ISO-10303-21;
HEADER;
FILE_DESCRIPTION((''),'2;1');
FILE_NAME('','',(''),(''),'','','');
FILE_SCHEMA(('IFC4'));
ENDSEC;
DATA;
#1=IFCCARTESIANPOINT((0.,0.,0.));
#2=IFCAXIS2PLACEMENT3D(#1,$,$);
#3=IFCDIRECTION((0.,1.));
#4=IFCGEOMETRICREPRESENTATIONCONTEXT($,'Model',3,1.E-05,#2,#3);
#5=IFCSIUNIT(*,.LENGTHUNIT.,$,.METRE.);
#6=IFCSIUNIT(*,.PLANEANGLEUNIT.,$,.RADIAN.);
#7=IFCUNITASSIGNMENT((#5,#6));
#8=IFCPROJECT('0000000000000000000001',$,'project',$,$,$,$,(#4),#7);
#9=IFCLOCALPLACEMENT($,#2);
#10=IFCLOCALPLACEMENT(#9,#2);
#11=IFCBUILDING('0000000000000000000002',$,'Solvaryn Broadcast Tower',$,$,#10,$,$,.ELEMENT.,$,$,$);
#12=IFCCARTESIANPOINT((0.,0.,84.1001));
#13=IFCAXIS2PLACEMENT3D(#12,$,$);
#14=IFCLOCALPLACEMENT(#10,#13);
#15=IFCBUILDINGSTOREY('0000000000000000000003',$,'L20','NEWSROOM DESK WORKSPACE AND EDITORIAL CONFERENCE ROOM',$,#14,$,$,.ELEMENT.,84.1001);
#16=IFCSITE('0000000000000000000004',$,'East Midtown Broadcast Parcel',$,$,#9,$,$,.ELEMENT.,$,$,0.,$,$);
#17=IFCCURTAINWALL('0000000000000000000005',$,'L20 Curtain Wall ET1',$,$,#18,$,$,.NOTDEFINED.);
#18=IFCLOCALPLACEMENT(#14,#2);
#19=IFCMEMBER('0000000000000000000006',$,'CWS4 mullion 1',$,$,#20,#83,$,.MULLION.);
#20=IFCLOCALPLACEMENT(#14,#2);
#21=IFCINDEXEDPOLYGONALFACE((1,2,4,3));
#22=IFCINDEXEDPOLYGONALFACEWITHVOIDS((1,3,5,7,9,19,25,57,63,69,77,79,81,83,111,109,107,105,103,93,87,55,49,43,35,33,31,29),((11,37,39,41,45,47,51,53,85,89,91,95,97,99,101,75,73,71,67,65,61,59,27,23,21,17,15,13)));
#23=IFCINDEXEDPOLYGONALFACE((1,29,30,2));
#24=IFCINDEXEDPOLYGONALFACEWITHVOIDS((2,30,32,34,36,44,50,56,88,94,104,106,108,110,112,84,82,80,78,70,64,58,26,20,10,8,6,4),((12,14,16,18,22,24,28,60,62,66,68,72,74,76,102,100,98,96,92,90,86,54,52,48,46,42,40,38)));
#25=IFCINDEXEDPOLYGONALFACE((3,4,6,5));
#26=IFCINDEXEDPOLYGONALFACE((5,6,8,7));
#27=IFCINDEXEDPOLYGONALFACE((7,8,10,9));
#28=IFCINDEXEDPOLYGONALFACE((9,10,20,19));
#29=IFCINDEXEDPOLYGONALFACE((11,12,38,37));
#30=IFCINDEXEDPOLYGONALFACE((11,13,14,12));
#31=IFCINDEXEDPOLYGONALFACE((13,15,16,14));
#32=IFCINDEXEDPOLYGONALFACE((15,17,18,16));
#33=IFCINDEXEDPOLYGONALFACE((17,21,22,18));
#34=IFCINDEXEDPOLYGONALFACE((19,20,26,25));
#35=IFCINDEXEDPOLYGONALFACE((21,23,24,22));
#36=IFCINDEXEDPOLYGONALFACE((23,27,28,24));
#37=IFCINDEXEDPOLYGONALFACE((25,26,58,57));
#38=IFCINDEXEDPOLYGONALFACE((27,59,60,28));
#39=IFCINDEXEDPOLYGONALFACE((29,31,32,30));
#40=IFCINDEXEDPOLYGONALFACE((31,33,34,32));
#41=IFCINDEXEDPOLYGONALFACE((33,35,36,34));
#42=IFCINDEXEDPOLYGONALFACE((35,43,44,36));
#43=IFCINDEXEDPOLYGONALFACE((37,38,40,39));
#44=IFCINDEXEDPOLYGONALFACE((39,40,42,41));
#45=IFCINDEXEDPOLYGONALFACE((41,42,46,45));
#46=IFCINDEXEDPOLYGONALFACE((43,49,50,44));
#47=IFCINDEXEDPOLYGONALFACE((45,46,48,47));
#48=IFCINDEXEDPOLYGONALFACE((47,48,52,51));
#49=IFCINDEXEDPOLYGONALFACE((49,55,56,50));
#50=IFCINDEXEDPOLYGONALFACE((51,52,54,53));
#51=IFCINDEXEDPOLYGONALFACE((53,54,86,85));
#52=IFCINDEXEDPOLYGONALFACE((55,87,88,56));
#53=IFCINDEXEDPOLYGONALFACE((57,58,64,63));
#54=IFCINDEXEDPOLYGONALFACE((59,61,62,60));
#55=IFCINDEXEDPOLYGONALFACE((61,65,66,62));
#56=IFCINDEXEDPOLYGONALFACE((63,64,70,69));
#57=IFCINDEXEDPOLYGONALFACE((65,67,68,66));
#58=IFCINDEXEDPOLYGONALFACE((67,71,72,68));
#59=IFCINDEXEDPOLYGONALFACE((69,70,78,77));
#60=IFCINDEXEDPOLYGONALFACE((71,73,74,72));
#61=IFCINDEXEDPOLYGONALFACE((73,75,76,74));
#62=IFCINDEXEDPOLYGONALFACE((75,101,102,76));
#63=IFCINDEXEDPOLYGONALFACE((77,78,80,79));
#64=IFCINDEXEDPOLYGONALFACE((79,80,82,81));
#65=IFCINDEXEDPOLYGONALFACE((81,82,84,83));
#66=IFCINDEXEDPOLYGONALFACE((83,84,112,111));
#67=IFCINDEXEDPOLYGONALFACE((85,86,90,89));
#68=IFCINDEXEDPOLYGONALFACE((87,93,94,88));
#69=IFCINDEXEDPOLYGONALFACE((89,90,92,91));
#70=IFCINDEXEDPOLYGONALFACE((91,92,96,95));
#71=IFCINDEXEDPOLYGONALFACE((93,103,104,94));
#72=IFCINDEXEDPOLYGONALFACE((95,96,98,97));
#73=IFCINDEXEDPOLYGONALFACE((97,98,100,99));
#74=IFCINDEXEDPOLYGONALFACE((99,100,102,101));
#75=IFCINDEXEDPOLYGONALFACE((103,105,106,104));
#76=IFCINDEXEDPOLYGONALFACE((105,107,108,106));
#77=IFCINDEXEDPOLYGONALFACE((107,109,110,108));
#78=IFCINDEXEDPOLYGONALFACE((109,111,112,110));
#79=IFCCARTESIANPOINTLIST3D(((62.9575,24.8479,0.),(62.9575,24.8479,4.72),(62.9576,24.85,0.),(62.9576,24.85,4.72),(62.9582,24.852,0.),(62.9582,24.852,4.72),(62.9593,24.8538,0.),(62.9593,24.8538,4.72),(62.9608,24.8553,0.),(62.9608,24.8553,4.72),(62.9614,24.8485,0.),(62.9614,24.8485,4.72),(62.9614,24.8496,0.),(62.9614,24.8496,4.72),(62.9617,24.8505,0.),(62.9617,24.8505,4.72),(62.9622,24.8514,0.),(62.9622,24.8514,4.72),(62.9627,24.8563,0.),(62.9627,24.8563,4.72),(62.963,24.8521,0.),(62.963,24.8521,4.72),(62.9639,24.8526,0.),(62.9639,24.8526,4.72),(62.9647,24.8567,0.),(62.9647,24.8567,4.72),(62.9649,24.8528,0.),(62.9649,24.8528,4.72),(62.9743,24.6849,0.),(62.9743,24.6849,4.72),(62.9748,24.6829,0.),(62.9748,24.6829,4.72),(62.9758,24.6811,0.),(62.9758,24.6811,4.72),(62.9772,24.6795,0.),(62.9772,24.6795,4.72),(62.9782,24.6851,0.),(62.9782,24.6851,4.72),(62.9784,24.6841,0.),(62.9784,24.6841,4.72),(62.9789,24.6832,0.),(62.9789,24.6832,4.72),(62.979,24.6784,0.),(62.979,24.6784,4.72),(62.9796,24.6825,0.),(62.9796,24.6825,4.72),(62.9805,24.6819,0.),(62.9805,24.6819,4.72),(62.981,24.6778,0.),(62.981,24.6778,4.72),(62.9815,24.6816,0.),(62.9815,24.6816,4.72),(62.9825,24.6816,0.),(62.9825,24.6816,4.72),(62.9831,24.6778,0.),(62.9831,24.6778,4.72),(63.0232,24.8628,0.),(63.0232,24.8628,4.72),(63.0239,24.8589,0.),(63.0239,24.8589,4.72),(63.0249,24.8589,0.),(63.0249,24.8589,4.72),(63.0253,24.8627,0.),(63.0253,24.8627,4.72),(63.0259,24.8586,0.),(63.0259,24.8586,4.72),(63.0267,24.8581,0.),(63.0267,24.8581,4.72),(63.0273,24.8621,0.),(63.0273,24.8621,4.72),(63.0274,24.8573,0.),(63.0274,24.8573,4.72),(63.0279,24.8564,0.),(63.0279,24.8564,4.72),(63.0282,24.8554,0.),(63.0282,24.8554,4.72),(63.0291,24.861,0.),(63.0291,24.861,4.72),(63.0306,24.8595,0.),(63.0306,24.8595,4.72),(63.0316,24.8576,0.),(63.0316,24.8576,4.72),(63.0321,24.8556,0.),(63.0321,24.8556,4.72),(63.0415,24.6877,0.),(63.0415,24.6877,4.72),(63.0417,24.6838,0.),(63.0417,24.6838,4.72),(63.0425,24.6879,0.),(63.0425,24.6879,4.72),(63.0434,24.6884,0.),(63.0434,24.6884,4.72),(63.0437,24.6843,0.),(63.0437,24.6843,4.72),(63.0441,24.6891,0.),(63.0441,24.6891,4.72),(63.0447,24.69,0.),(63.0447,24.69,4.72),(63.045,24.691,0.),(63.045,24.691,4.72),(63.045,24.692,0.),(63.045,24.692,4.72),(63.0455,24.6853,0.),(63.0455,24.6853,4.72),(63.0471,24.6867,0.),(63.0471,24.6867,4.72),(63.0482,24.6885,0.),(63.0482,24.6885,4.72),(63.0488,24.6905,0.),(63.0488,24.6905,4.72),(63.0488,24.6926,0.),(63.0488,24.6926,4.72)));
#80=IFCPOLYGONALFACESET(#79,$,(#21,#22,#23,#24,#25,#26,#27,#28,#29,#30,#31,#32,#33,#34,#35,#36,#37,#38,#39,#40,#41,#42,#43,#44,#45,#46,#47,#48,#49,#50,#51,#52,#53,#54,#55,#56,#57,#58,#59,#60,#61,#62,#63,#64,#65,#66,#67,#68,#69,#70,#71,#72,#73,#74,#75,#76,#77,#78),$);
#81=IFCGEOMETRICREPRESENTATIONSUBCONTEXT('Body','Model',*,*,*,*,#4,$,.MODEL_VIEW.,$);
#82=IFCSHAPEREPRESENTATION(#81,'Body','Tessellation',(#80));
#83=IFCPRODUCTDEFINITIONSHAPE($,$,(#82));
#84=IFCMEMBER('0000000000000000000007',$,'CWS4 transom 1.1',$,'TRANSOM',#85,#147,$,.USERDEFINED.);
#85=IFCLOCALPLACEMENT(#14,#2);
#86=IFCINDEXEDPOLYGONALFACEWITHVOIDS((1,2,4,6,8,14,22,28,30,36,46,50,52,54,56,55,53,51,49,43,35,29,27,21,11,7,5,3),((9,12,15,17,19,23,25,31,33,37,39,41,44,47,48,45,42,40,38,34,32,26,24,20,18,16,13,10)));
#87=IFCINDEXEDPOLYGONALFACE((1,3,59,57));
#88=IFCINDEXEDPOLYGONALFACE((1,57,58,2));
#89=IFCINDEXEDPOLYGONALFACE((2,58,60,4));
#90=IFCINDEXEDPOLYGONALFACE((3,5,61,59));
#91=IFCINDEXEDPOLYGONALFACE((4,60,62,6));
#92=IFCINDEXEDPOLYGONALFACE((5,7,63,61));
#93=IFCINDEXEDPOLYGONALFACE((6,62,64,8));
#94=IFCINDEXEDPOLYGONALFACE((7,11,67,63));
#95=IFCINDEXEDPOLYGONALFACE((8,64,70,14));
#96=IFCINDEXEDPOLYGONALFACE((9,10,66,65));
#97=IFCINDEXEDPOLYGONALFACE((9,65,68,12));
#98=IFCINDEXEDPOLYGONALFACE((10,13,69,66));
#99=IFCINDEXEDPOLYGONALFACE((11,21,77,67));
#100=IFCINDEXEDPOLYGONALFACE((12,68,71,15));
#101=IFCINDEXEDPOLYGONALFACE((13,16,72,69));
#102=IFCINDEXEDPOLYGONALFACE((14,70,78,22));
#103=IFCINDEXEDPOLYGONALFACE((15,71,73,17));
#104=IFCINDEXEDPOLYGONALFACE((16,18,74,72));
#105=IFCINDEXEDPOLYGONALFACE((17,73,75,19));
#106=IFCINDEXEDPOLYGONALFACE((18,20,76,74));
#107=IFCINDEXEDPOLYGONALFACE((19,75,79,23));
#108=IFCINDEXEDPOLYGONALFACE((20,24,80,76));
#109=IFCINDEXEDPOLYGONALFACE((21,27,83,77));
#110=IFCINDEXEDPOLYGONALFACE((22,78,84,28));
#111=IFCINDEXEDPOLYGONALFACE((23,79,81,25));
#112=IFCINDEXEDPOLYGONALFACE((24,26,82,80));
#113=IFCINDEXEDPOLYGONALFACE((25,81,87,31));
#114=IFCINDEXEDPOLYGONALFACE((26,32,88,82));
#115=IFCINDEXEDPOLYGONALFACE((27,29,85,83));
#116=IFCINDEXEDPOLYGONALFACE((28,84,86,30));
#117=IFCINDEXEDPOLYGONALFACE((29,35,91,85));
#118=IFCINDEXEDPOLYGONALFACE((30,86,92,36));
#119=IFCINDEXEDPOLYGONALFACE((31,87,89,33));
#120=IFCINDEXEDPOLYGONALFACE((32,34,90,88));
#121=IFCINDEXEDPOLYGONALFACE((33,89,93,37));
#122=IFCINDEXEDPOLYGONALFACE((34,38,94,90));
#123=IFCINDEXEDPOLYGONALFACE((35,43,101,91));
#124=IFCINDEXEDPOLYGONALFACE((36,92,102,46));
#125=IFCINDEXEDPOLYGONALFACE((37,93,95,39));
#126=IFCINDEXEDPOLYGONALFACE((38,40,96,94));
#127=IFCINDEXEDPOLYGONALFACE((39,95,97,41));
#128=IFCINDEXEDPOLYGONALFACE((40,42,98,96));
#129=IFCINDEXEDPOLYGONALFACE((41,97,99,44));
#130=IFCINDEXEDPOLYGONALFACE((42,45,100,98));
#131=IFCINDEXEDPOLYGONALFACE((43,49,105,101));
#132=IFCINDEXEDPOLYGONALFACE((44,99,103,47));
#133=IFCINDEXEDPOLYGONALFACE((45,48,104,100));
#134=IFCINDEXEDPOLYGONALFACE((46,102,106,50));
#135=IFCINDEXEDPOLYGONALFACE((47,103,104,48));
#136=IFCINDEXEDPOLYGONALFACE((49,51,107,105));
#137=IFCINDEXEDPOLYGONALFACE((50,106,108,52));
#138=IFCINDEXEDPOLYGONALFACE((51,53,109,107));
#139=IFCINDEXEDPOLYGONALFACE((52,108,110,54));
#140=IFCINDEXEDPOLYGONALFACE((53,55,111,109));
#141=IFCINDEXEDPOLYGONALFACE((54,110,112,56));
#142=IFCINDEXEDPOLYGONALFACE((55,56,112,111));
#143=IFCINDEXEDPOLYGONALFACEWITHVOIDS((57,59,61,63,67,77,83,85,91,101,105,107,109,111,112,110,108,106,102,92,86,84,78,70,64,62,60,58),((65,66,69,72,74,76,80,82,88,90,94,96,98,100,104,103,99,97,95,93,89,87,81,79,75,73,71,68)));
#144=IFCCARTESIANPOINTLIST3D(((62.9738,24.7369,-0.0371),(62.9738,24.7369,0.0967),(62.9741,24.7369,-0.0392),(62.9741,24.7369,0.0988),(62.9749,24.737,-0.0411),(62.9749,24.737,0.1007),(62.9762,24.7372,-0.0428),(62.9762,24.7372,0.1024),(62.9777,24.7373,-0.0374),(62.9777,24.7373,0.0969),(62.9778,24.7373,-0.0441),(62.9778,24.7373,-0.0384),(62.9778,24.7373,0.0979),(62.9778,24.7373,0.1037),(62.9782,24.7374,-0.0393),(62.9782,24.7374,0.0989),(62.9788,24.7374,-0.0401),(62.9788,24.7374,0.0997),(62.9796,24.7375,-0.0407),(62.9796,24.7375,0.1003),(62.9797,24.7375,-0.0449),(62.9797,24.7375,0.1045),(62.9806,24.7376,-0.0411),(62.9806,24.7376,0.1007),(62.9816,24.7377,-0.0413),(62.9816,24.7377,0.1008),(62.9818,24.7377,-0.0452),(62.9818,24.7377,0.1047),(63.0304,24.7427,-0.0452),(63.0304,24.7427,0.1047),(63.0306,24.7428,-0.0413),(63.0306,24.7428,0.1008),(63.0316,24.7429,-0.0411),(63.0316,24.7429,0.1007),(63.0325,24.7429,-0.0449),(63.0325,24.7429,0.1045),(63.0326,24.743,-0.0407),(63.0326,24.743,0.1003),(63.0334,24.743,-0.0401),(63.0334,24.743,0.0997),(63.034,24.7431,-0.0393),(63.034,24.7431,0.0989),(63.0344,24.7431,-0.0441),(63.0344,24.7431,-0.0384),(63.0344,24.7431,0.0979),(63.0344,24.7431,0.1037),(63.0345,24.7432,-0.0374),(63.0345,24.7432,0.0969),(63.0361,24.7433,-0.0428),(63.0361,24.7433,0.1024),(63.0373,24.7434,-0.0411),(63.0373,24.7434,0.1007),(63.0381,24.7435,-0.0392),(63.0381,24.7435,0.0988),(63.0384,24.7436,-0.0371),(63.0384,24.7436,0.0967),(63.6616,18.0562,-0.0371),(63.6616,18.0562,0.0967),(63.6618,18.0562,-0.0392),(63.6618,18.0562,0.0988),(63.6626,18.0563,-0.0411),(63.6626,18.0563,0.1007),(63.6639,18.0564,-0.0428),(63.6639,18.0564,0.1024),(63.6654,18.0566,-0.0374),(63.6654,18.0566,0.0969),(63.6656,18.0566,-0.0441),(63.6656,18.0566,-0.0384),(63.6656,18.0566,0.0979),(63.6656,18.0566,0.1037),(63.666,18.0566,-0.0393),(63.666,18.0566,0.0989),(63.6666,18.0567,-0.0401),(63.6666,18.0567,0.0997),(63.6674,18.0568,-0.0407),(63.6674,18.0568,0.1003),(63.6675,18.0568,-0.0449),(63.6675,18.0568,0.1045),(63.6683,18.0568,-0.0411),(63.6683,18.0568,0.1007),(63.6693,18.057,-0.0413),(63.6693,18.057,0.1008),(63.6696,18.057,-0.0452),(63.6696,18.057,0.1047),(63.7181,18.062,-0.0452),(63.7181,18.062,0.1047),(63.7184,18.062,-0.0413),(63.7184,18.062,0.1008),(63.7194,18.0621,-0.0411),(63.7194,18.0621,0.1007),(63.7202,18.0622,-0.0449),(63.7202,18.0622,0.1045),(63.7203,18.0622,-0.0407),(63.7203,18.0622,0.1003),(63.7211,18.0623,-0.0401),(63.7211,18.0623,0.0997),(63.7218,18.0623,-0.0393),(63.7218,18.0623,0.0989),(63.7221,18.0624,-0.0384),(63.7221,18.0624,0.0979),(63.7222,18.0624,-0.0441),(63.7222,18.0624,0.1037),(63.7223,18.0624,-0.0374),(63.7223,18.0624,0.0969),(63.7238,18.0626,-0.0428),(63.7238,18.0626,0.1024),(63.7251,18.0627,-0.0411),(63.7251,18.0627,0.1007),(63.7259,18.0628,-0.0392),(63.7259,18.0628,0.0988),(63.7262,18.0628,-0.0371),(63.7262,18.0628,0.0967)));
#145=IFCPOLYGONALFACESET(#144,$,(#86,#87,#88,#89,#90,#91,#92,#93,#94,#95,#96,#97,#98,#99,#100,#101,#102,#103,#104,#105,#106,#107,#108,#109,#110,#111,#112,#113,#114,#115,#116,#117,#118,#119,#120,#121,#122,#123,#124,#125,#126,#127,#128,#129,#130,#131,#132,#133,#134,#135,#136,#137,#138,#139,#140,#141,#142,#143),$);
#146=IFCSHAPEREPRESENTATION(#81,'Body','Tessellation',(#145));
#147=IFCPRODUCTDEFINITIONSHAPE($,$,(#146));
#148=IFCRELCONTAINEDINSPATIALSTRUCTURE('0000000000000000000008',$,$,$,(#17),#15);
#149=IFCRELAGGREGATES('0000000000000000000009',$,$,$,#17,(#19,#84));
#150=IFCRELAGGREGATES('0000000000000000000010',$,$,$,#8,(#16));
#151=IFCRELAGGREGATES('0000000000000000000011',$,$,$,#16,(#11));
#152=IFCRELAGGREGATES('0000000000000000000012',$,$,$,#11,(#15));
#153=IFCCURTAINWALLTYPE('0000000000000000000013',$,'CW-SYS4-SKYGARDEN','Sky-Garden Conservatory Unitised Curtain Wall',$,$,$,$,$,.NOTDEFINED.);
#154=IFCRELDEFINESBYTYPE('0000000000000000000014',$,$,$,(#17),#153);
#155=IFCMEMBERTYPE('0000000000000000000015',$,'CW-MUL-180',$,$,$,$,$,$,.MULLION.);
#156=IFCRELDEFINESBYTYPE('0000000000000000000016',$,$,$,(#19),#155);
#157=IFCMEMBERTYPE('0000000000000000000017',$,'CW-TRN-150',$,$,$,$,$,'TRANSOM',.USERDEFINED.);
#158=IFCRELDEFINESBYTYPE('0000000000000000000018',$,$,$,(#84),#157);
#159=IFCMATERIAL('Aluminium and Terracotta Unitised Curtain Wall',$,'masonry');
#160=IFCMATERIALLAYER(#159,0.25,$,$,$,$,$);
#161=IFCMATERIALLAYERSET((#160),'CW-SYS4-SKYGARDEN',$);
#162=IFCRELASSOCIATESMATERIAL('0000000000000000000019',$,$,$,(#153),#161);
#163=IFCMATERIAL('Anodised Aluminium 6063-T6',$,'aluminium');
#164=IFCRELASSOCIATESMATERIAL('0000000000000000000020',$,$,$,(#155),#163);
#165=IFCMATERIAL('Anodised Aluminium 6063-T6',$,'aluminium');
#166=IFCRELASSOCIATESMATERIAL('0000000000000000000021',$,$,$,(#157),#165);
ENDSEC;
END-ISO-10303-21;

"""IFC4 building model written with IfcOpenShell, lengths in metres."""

from ifc_helpers import new_model, si_unit, direction, frame, origin, origin_2d, place, context, subcontext, project, spatial, hollow_rectangle, extrude, material, layer, layer_set, material_profile, profile_set, type_object, element, aggregate, save


model = new_model("IFC4")

# Units and contexts
model_context = context("Model", 3, precision=1e-05, world=origin(), true_north=direction((0.0, 1.0)))
body_context = subcontext(model_context, "Body", "Model", "MODEL_VIEW")
ifc_project = project(units=[si_unit("LENGTHUNIT", "METRE"), si_unit("PLANEANGLEUNIT", "RADIAN")], contexts=[model_context])

# Site, building, storey
site_placement = place(None, origin())
site = spatial("IfcSite", under=ifc_project, at=site_placement, Name="East Midtown Broadcast Parcel", CompositionType="ELEMENT", RefElevation=0.0)
building_placement = place(site_placement, origin())
building = spatial("IfcBuilding", under=site, at=building_placement, Name="Solvaryn Broadcast Tower", CompositionType="ELEMENT")
storey_placement = place(building_placement, frame((0.0, 0.0, 84.1001)))
storey = spatial("IfcBuildingStorey", under=building, at=storey_placement, Name="L20", Description="NEWSROOM DESK WORKSPACE AND EDITORIAL CONFERENCE ROOM", CompositionType="ELEMENT", Elevation=84.1001)

# Curtain wall, members
ifc_material_1 = material(Name="Aluminium and Terracotta Unitised Curtain Wall", Category="masonry")
ifc_layer_1 = layer(ifc_material_1, 0.25)
ifc_layer_set_1 = layer_set([ifc_layer_1], Name="CW-SYS4-SKYGARDEN")
curtain_wall_type = type_object("IfcCurtainWallType", Name="CW-SYS4-SKYGARDEN", Description="Sky-Garden Conservatory Unitised Curtain Wall", PredefinedType="NOTDEFINED", material=ifc_layer_set_1)
curtain_wall_placement = place(storey_placement, origin())
curtain_wall = element("IfcCurtainWall", 1, at=curtain_wall_placement, inside=storey, type_object=curtain_wall_type, Name="L20 Curtain Wall ET1", PredefinedType="NOTDEFINED")
ifc_material_2 = material(Name="Anodised Aluminium 6063-T6", Category="aluminium")
ifc_material_profile_1 = material_profile(ifc_material_2, hollow_rectangle(XDim=0.075, YDim=0.1799, WallThickness=0.0039, InnerFilletRadius=0.0039, OuterFilletRadius=0.0081, at=origin_2d()))
ifc_profile_set_1 = profile_set([ifc_material_profile_1], Name="Anodised Aluminium 6063-T6")
member_type_1 = type_object("IfcMemberType", Name="CW-MUL-180", PredefinedType="MULLION", material=ifc_profile_set_1)
member_1_placement = place(storey_placement, frame((63.0032, 24.7703, 0.0), z_axis=(0.0, 0.0, 1.0), x_axis=(0.994743, 0.1024, 0.0)))
member_1 = element("IfcMember", 2, at=member_1_placement, type_object=member_type_1, Name="CWS4 mullion 1", PredefinedType="MULLION", context=body_context, shape_type="SweptSolid", body=[
    extrude(hollow_rectangle(XDim=0.075, YDim=0.1799, WallThickness=0.0039, InnerFilletRadius=0.0039, OuterFilletRadius=0.0081, at=origin_2d()), origin(), (0.0, 0.0, 1.0), 4.72),
])
ifc_material_3 = material(Name="Anodised Aluminium 6063-T6", Category="aluminium")
ifc_material_profile_2 = material_profile(ifc_material_3, hollow_rectangle(XDim=0.0649, YDim=0.1499, WallThickness=0.0039, InnerFilletRadius=0.0039, OuterFilletRadius=0.0081, at=origin_2d()))
ifc_profile_set_2 = profile_set([ifc_material_profile_2], Name="Anodised Aluminium 6063-T6")
member_type_2 = type_object("IfcMemberType", Name="CW-TRN-150", ElementType="TRANSOM", PredefinedType="USERDEFINED", material=ifc_profile_set_2)
member_2_placement = place(storey_placement, frame((63.0061, 24.7402, 0.0298), z_axis=(0.102404, -0.994743, 0.0), x_axis=(0.994743, 0.102404, 0.0)))
member_2 = element("IfcMember", 3, at=member_2_placement, type_object=member_type_2, Name="CWS4 transom 1.1", ObjectType="TRANSOM", PredefinedType="USERDEFINED", context=body_context, shape_type="SweptSolid", body=[
    extrude(hollow_rectangle(XDim=0.0649, YDim=0.1499, WallThickness=0.0039, InnerFilletRadius=0.0039, OuterFilletRadius=0.0081, at=origin_2d()), origin(), (0.0, 0.0, 1.0), 6.7161),
])
aggregate(curtain_wall, [member_1, member_2])

save(model, "model.ifc")
